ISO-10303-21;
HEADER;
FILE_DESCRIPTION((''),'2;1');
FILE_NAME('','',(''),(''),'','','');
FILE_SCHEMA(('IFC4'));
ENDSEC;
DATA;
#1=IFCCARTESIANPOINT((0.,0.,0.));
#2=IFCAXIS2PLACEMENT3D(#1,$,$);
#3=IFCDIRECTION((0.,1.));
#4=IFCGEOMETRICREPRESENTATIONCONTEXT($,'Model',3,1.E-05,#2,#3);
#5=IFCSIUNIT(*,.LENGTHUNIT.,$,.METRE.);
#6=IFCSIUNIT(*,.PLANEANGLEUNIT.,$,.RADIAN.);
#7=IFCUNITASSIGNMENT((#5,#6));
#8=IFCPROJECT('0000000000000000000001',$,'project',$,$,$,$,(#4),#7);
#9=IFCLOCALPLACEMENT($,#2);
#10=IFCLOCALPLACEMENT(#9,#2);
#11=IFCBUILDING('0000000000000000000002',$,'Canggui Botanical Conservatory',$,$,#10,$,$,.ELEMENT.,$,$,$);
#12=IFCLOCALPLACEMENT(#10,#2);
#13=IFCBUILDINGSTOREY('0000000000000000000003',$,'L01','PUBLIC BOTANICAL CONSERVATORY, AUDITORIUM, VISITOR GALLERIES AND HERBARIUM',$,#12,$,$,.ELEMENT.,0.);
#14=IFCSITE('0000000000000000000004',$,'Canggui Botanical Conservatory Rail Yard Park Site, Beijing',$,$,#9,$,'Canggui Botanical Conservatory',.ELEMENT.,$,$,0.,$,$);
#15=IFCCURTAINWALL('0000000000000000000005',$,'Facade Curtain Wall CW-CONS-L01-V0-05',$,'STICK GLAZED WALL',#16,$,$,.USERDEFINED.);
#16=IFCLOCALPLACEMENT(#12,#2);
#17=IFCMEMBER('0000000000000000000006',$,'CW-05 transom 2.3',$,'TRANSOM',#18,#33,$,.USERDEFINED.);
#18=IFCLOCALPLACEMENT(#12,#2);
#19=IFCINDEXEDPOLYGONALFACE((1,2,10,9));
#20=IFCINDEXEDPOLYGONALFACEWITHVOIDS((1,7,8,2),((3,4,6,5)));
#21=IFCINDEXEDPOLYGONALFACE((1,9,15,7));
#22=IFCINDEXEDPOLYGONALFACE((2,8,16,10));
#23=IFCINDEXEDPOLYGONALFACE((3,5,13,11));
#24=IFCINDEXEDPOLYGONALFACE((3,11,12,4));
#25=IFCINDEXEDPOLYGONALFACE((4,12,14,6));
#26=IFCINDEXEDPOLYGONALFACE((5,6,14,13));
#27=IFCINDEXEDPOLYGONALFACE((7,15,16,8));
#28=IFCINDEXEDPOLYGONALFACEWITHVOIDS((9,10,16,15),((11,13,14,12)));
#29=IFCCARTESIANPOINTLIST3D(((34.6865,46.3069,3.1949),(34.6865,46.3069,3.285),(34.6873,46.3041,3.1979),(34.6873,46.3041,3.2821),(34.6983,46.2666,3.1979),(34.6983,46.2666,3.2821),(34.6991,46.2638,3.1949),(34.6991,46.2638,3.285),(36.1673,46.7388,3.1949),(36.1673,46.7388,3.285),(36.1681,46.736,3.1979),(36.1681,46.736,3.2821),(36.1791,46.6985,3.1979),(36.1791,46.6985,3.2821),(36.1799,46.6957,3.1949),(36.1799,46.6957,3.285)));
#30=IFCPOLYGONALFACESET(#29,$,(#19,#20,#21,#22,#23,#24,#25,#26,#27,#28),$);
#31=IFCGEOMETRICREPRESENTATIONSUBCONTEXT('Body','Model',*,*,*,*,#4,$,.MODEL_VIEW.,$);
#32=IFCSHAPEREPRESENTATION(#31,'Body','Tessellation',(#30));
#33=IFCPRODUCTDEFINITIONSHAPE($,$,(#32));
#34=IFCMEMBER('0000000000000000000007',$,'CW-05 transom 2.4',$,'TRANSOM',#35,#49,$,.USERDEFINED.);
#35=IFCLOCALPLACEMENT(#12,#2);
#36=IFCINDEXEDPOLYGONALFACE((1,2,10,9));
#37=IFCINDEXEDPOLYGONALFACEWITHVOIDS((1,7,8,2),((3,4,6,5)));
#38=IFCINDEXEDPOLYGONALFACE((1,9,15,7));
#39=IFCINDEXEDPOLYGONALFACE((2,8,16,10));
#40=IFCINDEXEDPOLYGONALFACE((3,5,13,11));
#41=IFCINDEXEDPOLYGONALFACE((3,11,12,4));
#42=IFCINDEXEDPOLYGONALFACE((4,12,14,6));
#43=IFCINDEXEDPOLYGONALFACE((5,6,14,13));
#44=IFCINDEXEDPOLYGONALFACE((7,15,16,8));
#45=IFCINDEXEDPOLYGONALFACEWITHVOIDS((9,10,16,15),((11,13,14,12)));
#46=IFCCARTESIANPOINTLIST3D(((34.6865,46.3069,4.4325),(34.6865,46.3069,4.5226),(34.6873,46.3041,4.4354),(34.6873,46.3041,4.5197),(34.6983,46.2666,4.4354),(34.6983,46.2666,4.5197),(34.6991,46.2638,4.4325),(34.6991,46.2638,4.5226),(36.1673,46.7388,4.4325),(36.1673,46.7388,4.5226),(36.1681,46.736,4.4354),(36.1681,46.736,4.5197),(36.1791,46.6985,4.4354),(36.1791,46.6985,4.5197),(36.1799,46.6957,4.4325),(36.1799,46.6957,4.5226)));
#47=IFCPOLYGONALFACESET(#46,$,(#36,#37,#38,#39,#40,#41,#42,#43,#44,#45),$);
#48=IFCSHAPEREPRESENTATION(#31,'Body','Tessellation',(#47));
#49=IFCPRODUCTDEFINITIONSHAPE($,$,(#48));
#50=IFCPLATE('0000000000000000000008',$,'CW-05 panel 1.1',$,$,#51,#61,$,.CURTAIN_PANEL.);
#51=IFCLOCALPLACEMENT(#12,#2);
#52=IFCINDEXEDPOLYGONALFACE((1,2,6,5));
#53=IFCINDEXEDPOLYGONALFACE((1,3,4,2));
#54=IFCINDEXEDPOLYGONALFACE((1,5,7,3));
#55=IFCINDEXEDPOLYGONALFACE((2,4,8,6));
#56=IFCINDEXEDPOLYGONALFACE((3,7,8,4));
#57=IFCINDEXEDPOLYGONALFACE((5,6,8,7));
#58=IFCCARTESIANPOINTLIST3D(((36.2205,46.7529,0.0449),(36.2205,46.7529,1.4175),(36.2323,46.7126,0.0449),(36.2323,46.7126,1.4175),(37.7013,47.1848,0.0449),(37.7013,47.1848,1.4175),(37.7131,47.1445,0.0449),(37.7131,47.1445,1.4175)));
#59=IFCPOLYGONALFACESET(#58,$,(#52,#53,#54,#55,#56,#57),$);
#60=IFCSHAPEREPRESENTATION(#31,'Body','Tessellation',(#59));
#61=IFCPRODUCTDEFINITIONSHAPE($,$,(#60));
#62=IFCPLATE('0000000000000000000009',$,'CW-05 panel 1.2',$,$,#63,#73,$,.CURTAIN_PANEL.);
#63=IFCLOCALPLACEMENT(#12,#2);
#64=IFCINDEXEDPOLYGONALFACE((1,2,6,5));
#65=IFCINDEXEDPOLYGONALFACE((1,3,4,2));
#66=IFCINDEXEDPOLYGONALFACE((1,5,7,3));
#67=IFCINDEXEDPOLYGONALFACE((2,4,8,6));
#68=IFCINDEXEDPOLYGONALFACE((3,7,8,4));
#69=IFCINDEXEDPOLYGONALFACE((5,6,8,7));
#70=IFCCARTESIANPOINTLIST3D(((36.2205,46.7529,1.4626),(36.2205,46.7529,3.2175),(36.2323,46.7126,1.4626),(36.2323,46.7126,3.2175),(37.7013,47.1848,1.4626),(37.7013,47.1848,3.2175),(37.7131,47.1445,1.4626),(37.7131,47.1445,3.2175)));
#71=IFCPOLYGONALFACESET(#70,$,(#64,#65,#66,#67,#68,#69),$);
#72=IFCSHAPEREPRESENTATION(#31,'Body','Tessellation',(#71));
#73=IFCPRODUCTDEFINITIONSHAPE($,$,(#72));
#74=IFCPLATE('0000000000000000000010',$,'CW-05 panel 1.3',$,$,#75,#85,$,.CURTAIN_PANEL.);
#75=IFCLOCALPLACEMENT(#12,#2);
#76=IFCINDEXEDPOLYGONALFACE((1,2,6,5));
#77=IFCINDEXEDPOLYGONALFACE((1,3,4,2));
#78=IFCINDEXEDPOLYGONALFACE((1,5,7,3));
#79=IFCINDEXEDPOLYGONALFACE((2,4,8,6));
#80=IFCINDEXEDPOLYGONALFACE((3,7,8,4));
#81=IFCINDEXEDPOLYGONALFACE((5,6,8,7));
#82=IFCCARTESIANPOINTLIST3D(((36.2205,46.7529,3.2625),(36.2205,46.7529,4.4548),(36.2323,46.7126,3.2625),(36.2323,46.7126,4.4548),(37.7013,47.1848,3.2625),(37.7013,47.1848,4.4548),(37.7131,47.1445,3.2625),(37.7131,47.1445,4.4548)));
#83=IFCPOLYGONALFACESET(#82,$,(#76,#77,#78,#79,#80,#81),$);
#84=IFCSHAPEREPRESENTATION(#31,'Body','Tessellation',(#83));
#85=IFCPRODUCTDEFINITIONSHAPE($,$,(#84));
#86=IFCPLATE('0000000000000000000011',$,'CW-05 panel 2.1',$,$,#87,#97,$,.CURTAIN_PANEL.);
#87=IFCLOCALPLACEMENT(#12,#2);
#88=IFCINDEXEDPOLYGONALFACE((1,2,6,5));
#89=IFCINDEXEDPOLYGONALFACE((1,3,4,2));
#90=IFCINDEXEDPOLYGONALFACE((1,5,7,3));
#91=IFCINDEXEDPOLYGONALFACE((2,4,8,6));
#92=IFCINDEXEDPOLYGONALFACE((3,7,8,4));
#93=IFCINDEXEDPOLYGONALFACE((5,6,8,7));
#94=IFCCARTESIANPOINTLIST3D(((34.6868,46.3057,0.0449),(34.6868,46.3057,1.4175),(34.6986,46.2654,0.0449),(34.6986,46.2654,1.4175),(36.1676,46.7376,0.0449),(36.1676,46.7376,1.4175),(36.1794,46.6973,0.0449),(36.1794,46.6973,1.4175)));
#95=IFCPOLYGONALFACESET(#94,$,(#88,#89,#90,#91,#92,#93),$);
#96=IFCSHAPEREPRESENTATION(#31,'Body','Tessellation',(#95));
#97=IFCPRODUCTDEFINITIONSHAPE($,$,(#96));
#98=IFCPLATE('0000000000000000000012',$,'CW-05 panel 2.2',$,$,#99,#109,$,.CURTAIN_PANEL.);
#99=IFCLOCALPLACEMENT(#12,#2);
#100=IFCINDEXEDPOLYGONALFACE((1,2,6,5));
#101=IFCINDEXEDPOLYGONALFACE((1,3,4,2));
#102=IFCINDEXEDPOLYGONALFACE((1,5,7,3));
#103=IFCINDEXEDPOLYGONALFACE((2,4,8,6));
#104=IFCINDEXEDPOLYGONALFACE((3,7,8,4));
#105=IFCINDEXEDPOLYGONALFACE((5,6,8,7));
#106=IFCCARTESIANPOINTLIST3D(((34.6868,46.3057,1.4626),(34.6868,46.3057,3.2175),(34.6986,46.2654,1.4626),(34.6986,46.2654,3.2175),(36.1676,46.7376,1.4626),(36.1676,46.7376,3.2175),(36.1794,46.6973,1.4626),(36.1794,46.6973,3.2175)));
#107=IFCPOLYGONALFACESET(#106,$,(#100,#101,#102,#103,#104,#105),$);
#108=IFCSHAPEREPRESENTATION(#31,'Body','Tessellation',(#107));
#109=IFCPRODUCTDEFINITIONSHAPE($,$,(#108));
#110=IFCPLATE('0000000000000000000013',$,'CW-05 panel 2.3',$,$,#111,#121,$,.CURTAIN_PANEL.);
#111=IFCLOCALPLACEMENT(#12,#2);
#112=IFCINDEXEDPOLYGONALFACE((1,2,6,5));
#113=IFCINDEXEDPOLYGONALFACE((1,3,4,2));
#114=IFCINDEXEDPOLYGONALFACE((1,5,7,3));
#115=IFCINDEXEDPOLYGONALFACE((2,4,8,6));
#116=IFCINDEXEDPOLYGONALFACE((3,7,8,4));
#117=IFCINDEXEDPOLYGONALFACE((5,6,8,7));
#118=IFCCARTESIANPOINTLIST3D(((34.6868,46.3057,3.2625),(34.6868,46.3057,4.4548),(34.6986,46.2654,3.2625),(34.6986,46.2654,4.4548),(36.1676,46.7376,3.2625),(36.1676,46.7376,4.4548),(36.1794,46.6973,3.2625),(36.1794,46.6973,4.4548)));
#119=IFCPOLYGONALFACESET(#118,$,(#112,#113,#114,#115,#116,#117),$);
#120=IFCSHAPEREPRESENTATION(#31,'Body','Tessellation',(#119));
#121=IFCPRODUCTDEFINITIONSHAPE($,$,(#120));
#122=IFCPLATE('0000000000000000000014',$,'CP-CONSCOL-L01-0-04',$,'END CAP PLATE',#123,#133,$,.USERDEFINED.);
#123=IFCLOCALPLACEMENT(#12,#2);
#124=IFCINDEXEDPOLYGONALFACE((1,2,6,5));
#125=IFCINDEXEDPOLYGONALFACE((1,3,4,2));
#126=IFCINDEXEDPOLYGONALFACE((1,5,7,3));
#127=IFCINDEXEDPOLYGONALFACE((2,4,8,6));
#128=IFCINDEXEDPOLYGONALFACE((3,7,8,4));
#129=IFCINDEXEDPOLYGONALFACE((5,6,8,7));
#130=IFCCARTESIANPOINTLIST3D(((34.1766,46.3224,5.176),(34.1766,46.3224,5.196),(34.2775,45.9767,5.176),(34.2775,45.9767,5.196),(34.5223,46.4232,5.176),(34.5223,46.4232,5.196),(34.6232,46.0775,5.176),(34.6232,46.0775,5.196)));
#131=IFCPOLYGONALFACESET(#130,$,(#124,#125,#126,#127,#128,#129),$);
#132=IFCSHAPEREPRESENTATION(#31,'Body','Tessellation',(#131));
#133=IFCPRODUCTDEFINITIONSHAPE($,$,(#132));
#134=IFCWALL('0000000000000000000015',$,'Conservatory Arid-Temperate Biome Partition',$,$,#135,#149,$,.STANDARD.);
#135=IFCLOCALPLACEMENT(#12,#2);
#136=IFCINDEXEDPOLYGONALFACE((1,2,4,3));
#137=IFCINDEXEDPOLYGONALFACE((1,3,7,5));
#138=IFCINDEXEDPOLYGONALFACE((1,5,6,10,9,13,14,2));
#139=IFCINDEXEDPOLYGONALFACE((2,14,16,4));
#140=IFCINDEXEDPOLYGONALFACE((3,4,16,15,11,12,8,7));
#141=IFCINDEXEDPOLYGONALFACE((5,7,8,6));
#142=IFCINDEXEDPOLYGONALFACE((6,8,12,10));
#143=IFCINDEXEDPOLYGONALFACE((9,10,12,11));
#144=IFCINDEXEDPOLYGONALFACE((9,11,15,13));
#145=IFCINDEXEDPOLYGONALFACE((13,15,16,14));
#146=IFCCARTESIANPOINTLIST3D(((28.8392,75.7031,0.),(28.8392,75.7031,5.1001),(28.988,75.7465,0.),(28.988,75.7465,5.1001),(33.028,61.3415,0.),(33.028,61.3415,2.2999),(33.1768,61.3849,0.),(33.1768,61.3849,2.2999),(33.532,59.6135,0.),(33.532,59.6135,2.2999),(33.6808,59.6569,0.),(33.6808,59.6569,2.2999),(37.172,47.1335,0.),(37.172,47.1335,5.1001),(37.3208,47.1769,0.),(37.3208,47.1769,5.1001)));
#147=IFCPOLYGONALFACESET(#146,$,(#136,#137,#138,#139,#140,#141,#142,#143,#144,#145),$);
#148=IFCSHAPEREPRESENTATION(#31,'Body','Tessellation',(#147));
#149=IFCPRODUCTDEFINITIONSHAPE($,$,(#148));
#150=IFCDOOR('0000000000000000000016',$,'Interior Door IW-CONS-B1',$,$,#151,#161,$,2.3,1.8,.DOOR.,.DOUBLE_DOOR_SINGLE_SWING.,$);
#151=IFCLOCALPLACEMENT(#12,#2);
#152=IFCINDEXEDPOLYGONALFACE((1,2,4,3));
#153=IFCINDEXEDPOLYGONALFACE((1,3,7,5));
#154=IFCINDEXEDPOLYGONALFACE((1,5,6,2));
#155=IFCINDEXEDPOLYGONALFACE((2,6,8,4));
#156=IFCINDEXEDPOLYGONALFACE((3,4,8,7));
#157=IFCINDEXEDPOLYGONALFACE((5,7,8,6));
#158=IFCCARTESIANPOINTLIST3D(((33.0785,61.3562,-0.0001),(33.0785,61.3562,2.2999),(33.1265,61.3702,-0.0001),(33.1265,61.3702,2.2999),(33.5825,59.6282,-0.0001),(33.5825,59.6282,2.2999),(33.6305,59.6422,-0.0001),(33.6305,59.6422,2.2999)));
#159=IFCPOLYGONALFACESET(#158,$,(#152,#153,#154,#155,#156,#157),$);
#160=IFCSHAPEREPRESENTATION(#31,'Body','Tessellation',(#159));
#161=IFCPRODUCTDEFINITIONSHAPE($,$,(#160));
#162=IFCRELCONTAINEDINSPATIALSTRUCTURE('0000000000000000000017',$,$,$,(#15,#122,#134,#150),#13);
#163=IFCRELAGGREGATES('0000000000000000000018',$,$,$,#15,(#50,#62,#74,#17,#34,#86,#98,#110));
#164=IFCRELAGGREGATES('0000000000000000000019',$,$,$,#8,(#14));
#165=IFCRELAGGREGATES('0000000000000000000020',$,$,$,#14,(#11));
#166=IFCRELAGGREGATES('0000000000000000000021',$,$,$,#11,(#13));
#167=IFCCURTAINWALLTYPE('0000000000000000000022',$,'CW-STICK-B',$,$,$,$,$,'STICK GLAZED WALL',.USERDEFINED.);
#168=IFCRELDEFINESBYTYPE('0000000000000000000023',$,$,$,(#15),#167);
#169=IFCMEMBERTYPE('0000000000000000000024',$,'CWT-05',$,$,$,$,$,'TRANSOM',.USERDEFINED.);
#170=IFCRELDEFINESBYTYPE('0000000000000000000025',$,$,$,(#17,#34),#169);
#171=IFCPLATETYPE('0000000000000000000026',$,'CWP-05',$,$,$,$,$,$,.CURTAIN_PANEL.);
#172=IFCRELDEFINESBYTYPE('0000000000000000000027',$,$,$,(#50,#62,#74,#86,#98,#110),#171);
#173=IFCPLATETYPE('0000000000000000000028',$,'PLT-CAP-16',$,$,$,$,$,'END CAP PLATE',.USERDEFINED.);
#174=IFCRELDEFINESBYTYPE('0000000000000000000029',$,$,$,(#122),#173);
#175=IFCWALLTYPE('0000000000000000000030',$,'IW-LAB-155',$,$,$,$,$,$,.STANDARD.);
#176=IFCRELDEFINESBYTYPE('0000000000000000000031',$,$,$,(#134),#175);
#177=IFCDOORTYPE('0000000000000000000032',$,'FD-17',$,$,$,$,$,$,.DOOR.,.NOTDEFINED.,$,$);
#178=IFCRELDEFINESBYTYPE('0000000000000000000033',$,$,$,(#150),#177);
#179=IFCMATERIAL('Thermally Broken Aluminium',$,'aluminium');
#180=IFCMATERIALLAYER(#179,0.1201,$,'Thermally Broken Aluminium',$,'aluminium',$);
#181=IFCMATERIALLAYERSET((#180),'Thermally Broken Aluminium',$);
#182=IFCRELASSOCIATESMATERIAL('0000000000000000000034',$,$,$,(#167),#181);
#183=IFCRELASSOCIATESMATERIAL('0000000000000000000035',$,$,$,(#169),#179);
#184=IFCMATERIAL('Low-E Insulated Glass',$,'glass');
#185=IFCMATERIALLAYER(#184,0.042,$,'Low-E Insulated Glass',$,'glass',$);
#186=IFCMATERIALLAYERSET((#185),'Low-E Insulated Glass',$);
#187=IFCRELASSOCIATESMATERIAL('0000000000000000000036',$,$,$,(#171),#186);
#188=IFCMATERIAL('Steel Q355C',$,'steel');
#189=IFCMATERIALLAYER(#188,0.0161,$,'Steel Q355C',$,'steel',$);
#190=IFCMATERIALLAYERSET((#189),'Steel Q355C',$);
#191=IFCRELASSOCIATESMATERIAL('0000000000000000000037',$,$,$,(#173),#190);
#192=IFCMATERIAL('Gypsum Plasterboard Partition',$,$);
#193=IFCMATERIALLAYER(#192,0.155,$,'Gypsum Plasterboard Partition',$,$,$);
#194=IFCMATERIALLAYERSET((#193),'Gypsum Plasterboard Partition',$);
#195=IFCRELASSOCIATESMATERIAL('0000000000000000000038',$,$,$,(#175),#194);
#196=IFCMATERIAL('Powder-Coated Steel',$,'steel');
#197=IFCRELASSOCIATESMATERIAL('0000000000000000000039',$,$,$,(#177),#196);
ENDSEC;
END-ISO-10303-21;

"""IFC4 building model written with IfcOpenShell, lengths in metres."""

from ifc_helpers import new_model, si_unit, direction, frame, frame_2d, origin, origin_2d, place, context, subcontext, project, spatial, rectangle, hollow_rectangle, extrude, material, layer, layer_set, material_profile, profile_set, type_object, element, fill, aggregate, save


model = new_model("IFC4")

# Units and contexts
model_context = context("Model", 3, precision=1e-05, world=origin(), true_north=direction((0.0, 1.0)))
body_context = subcontext(model_context, "Body", "Model", "MODEL_VIEW")
ifc_project = project(units=[si_unit("LENGTHUNIT", "METRE"), si_unit("PLANEANGLEUNIT", "RADIAN")], contexts=[model_context])

# Site, building, storey
site_placement = place(None, origin())
site = spatial("IfcSite", under=ifc_project, at=site_placement, Name="Canggui Botanical Conservatory Rail Yard Park Site, Beijing", LongName="Canggui Botanical Conservatory", CompositionType="ELEMENT", RefElevation=0.0)
building_placement = place(site_placement, origin())
building = spatial("IfcBuilding", under=site, at=building_placement, Name="Canggui Botanical Conservatory", CompositionType="ELEMENT")
storey_placement = place(building_placement, origin())
storey = spatial("IfcBuildingStorey", under=building, at=storey_placement, Name="L01", Description="PUBLIC BOTANICAL CONSERVATORY, AUDITORIUM, VISITOR GALLERIES AND HERBARIUM", CompositionType="ELEMENT", Elevation=0.0)

# Shared definitions
ifc_material_1 = material(Name="Steel Q355C", Category="steel")

# Curtain wall, members, plates
ifc_material_2 = material(Name="Thermally Broken Aluminium", Category="aluminium")
ifc_layer_1 = layer(ifc_material_2, 0.1201, Name="Thermally Broken Aluminium", Category="aluminium")
ifc_layer_set_1 = layer_set([ifc_layer_1], Name="Thermally Broken Aluminium")
curtain_wall_type = type_object("IfcCurtainWallType", Name="CW-STICK-B", ElementType="STICK GLAZED WALL", PredefinedType="USERDEFINED", material=ifc_layer_set_1)
curtain_wall_placement = place(storey_placement, origin())
curtain_wall = element("IfcCurtainWall", 1, at=curtain_wall_placement, inside=storey, type_object=curtain_wall_type, Name="Facade Curtain Wall CW-CONS-L01-V0-05", ObjectType="STICK GLAZED WALL", PredefinedType="USERDEFINED")
ifc_material_profile_1 = material_profile(ifc_material_2, hollow_rectangle(XDim=0.0449, YDim=0.0901, WallThickness=0.0029, at=origin_2d()), Name="CWT 45x90x3")
ifc_profile_set_1 = profile_set([ifc_material_profile_1], Name="Thermally Broken Aluminium")
member_type_1 = type_object("IfcMemberType", Name="CWT-05", ElementType="TRANSOM", PredefinedType="USERDEFINED", material=ifc_profile_set_1)
member_1_placement = place(storey_placement, frame((36.1736, 46.7173, 3.24), z_axis=(-0.959998, -0.280006, 0.0), x_axis=(0.280006, -0.959998, 0.0)))
member_1 = element("IfcMember", 2, at=member_1_placement, type_object=member_type_1, Name="CW-05 transom 2.3", ObjectType="TRANSOM", PredefinedType="USERDEFINED", context=body_context, shape_type="SweptSolid", body=[
    extrude(hollow_rectangle(XDim=0.0449, YDim=0.0901, WallThickness=0.0029, at=origin_2d()), origin(), (0.0, 0.0, 1.0), 1.5425),
])
member_2_placement = place(storey_placement, frame((36.1736, 46.7173, 4.4775), z_axis=(-0.959998, -0.280006, 0.0), x_axis=(0.280006, -0.959998, 0.0)))
member_2 = element("IfcMember", 3, at=member_2_placement, type_object=member_type_1, Name="CW-05 transom 2.4", ObjectType="TRANSOM", PredefinedType="USERDEFINED", context=body_context, shape_type="SweptSolid", body=[
    extrude(hollow_rectangle(XDim=0.0449, YDim=0.0901, WallThickness=0.0029, at=origin_2d()), origin(), (0.0, 0.0, 1.0), 1.5425),
])
ifc_material_3 = material(Name="Low-E Insulated Glass", Category="glass")
ifc_layer_2 = layer(ifc_material_3, 0.042, Name="Low-E Insulated Glass", Category="glass")
ifc_layer_set_2 = layer_set([ifc_layer_2], Name="Low-E Insulated Glass")
plate_type_1 = type_object("IfcPlateType", Name="CWP-05", PredefinedType="CURTAIN_PANEL", material=ifc_layer_set_2)
plate_1_placement = place(storey_placement, frame((36.9668, 46.9487, 0.0449), z_axis=(0.0, 0.0, 1.0), x_axis=(-0.96, -0.28, 0.0)))
plate_1 = element("IfcPlate", 4, at=plate_1_placement, type_object=plate_type_1, Name="CW-05 panel 1.1", PredefinedType="CURTAIN_PANEL", context=body_context, shape_type="SweptSolid", body=[
    extrude(rectangle(XDim=1.5425, YDim=0.042, at=origin_2d()), origin(), (0.0, 0.0, 1.0), 1.3726),
])
plate_2_placement = place(storey_placement, frame((36.9668, 46.9487, 1.4626), z_axis=(0.0, 0.0, 1.0), x_axis=(-0.96, -0.28, 0.0)))
plate_2 = element("IfcPlate", 5, at=plate_2_placement, type_object=plate_type_1, Name="CW-05 panel 1.2", PredefinedType="CURTAIN_PANEL", context=body_context, shape_type="SweptSolid", body=[
    extrude(rectangle(XDim=1.5425, YDim=0.042, at=origin_2d()), origin(), (0.0, 0.0, 1.0), 1.7549),
])
plate_3_placement = place(storey_placement, frame((36.9668, 46.9487, 3.2625), z_axis=(0.0, 0.0, 1.0), x_axis=(-0.96, -0.28, 0.0)))
plate_3 = element("IfcPlate", 6, at=plate_3_placement, type_object=plate_type_1, Name="CW-05 panel 1.3", PredefinedType="CURTAIN_PANEL", context=body_context, shape_type="SweptSolid", body=[
    extrude(rectangle(XDim=1.5425, YDim=0.042, at=origin_2d()), origin(), (0.0, 0.0, 1.0), 1.1924),
])
plate_4_placement = place(storey_placement, frame((35.4331, 46.5015, 0.0449), z_axis=(0.0, 0.0, 1.0), x_axis=(-0.96, -0.28, 0.0)))
plate_4 = element("IfcPlate", 7, at=plate_4_placement, type_object=plate_type_1, Name="CW-05 panel 2.1", PredefinedType="CURTAIN_PANEL", context=body_context, shape_type="SweptSolid", body=[
    extrude(rectangle(XDim=1.5425, YDim=0.042, at=origin_2d()), origin(), (0.0, 0.0, 1.0), 1.3726),
])
plate_5_placement = place(storey_placement, frame((35.4331, 46.5015, 1.4626), z_axis=(0.0, 0.0, 1.0), x_axis=(-0.96, -0.28, 0.0)))
plate_5 = element("IfcPlate", 8, at=plate_5_placement, type_object=plate_type_1, Name="CW-05 panel 2.2", PredefinedType="CURTAIN_PANEL", context=body_context, shape_type="SweptSolid", body=[
    extrude(rectangle(XDim=1.5425, YDim=0.042, at=origin_2d()), origin(), (0.0, 0.0, 1.0), 1.7549),
])
plate_6_placement = place(storey_placement, frame((35.4331, 46.5015, 3.2625), z_axis=(0.0, 0.0, 1.0), x_axis=(-0.96, -0.28, 0.0)))
plate_6 = element("IfcPlate", 9, at=plate_6_placement, type_object=plate_type_1, Name="CW-05 panel 2.3", PredefinedType="CURTAIN_PANEL", context=body_context, shape_type="SweptSolid", body=[
    extrude(rectangle(XDim=1.5425, YDim=0.042, at=origin_2d()), origin(), (0.0, 0.0, 1.0), 1.1924),
])
aggregate(curtain_wall, [plate_1, plate_2, plate_3, member_1, member_2, plate_4, plate_5, plate_6])

# Plate
ifc_layer_3 = layer(ifc_material_1, 0.0161, Name="Steel Q355C", Category="steel")
ifc_layer_set_3 = layer_set([ifc_layer_3], Name="Steel Q355C")
plate_type_2 = type_object("IfcPlateType", Name="PLT-CAP-16", ElementType="END CAP PLATE", PredefinedType="USERDEFINED", material=ifc_layer_set_3)
plate_7_placement = place(storey_placement, frame((34.3999, 46.2, 5.176), z_axis=(0.0, 0.0, 1.0), x_axis=(0.96, 0.28, 0.0)))
element("IfcPlate", 10, at=plate_7_placement, inside=storey, type_object=plate_type_2, Name="CP-CONSCOL-L01-0-04", ObjectType="END CAP PLATE", PredefinedType="USERDEFINED", context=body_context, shape_type="SweptSolid", body=[
    extrude(rectangle(XDim=0.3601, YDim=0.3601, at=origin_2d()), origin(), (0.0, 0.0, 1.0), 0.02),
])

# Wall, opening, door
ifc_material_4 = material(Name="Gypsum Plasterboard Partition")
ifc_layer_4 = layer(ifc_material_4, 0.155, Name="Gypsum Plasterboard Partition")
ifc_layer_set_4 = layer_set([ifc_layer_4], Name="Gypsum Plasterboard Partition")
wall_type = type_object("IfcWallType", Name="IW-LAB-155", PredefinedType="STANDARD", material=ifc_layer_set_4)
wall_placement = place(storey_placement, frame((37.2463, 47.1553, 0.0), z_axis=(0.0, 0.0, 1.0), x_axis=(-0.279999, 0.96, 0.0)))
wall = element("IfcWall", 11, at=wall_placement, inside=storey, type_object=wall_type, Name="Conservatory Arid-Temperate Biome Partition", PredefinedType="STANDARD", context=body_context, shape_type="SweptSolid", body=[
    extrude(rectangle(XDim=29.76, YDim=0.155, at=frame_2d((14.8799, 0.0))), origin(), (0.0, 0.0, 1.0), 5.1001),
])
opening_placement = place(wall_placement, frame((13.0, 0.0, 0.0)))
opening = element("IfcOpeningElement", 12, at=opening_placement, cuts=wall, PredefinedType="OPENING", context=body_context, shape_type="SweptSolid", body=[
    extrude(rectangle(XDim=1.8, YDim=2.3, at=frame_2d((0.8999, 1.1499))), frame((0.0, 0.0874, 0.0), z_axis=(0.0, -1.0, 0.0), x_axis=(1.0, 0.0, 0.0)), (0.0, 0.0, 1.0), 0.175),
])
ifc_material_5 = material(Name="Powder-Coated Steel", Category="steel")
door_type = type_object("IfcDoorType", Name="FD-17", OperationType="NOTDEFINED", PredefinedType="DOOR", material=ifc_material_5)
door_placement = place(opening_placement, origin())
door = element("IfcDoor", 13, at=door_placement, inside=storey, type_object=door_type, Name="Interior Door IW-CONS-B1", OperationType="DOUBLE_DOOR_SINGLE_SWING", OverallHeight=2.3, OverallWidth=1.8, PredefinedType="DOOR", context=body_context, shape_type="SweptSolid", body=[
    extrude(rectangle(XDim=1.8, YDim=2.3, at=frame_2d((0.8999, 1.1499))), frame((0.0, 0.0249, 0.0), z_axis=(0.0, -1.0, 0.0), x_axis=(1.0, 0.0, 0.0)), (0.0, 0.0, 1.0), 0.05),
])
fill(opening, door)

save(model, "model.ifc")
